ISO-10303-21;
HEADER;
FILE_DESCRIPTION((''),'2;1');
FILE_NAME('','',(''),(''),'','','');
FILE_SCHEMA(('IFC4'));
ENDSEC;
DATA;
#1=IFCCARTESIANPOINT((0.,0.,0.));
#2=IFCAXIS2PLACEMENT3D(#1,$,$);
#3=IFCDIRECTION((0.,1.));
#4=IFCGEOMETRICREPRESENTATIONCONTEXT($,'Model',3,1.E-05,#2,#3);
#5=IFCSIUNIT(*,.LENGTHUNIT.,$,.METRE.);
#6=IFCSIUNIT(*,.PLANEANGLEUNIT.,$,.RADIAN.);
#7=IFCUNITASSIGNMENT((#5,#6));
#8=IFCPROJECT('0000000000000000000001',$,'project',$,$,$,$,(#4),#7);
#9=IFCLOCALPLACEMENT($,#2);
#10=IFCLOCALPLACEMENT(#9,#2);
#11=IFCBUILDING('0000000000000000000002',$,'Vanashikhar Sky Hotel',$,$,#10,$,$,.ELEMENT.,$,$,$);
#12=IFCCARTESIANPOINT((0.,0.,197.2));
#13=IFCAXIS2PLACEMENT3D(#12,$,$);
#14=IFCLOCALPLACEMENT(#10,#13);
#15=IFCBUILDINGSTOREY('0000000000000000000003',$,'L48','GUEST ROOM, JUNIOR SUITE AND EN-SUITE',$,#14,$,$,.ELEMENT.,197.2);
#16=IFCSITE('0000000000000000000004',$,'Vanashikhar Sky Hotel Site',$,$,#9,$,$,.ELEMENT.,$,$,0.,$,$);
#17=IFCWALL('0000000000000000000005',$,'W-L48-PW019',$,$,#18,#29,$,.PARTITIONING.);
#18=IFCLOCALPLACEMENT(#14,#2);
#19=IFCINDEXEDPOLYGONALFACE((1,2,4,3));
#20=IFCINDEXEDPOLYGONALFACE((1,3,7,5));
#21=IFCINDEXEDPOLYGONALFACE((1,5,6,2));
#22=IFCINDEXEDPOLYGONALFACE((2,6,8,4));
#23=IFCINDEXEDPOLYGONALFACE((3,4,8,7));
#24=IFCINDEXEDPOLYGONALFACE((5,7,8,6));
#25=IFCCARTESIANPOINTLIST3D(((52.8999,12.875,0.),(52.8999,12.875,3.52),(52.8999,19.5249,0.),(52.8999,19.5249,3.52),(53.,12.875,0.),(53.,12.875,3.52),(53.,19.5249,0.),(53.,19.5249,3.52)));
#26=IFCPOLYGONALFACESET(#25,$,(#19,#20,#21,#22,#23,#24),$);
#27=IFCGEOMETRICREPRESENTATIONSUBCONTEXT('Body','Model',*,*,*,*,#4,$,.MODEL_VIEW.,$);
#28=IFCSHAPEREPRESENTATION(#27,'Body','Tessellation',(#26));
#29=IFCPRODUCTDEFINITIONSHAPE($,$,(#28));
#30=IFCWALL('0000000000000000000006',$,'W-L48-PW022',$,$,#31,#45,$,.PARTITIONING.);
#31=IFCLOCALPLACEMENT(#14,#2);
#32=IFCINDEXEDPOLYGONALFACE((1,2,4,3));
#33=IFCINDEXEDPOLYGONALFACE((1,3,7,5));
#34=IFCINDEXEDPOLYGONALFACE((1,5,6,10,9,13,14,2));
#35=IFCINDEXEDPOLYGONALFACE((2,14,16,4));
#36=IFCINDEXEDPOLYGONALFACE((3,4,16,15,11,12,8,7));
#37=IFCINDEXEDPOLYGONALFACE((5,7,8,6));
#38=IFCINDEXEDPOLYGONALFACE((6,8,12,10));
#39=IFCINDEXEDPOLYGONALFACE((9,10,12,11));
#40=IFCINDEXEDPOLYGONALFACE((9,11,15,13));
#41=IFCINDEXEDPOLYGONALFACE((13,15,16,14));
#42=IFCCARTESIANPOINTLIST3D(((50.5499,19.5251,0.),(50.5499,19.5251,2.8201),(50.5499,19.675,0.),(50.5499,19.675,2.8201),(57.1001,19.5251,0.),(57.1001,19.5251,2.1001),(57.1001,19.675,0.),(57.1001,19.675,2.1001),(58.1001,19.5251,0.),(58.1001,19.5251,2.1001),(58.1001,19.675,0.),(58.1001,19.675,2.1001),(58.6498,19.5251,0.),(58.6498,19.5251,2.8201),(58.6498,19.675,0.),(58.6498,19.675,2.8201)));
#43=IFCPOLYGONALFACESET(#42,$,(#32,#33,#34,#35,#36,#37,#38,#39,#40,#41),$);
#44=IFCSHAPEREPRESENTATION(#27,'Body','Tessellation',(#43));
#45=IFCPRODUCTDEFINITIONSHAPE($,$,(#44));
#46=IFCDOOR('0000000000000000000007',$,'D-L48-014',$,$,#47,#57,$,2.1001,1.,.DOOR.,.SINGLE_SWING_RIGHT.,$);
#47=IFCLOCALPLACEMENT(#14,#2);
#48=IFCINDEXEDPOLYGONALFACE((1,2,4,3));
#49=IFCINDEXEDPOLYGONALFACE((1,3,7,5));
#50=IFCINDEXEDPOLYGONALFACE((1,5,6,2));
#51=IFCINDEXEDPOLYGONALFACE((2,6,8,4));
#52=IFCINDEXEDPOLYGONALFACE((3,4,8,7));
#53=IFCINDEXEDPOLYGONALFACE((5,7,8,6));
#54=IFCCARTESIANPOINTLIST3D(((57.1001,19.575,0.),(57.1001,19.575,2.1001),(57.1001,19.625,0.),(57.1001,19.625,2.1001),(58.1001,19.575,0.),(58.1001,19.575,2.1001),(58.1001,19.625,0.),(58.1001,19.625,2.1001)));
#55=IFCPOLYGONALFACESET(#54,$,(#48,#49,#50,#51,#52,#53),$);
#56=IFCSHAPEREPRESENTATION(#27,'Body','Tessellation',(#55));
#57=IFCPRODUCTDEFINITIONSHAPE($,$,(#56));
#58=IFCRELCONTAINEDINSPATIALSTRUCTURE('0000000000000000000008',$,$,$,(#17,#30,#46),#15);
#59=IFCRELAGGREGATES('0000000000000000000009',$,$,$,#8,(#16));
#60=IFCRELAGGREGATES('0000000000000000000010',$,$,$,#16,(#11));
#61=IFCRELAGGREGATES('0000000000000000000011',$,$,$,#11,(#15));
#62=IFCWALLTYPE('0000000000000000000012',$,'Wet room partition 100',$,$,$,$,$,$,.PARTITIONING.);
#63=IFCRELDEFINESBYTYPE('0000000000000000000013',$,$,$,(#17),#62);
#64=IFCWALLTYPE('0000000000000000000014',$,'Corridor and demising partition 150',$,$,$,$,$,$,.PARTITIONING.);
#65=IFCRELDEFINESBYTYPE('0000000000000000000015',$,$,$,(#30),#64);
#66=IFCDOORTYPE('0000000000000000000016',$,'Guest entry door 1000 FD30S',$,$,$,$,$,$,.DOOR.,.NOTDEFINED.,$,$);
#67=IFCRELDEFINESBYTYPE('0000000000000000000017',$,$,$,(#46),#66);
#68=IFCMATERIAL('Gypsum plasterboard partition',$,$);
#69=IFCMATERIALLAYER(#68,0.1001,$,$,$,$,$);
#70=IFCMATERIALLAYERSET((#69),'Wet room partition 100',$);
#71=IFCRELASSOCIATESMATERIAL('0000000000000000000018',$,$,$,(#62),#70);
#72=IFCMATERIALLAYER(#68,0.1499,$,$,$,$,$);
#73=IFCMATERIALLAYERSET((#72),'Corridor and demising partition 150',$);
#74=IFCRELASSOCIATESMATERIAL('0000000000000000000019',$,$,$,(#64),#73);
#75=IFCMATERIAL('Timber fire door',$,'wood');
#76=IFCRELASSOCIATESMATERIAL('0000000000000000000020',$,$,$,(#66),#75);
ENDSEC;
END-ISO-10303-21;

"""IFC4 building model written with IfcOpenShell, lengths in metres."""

from ifc_helpers import new_model, si_unit, direction, frame, frame_2d, origin, place, context, subcontext, project, spatial, rectangle, extrude, source, transform, mapped, material, layer, layer_set, type_object, element, fill, save


model = new_model("IFC4")

# Units and contexts
model_context = context("Model", 3, precision=1e-05, world=origin(), true_north=direction((0.0, 1.0)))
body_context = subcontext(model_context, "Body", "Model", "MODEL_VIEW")
ifc_project = project(units=[si_unit("LENGTHUNIT", "METRE"), si_unit("PLANEANGLEUNIT", "RADIAN")], contexts=[model_context])

# Site, building, storey
site_placement = place(None, origin())
site = spatial("IfcSite", under=ifc_project, at=site_placement, Name="Vanashikhar Sky Hotel Site", CompositionType="ELEMENT", RefElevation=0.0)
building_placement = place(site_placement, origin())
building = spatial("IfcBuilding", under=site, at=building_placement, Name="Vanashikhar Sky Hotel", CompositionType="ELEMENT")
storey_placement = place(building_placement, frame((0.0, 0.0, 197.2)))
storey = spatial("IfcBuildingStorey", under=building, at=storey_placement, Name="L48", Description="GUEST ROOM, JUNIOR SUITE AND EN-SUITE", CompositionType="ELEMENT", Elevation=197.2)

# Shared definitions
ifc_material_1 = material(Name="Gypsum plasterboard partition")
ifc_layer_1 = layer(ifc_material_1, 0.1001)
ifc_layer_set_1 = layer_set([ifc_layer_1], Name="Wet room partition 100")
wall_type_1 = type_object("IfcWallType", Name="Wet room partition 100", PredefinedType="PARTITIONING", material=ifc_layer_set_1)

# Wall
shared_shape_1 = source(origin(), body_context, "Body", "SweptSolid", [
    extrude(rectangle(XDim=6.6499, YDim=0.1001, at=frame_2d((3.325, 0.0))), origin(), (0.0, 0.0, 1.0), 3.52),
])
wall_1_placement = place(storey_placement, frame((52.95, 12.875, 0.0), z_axis=(0.0, 0.0, 1.0), x_axis=(0.0, 1.0, 0.0)))
element("IfcWall", 1, at=wall_1_placement, inside=storey, type_object=wall_type_1, Name="W-L48-PW019", PredefinedType="PARTITIONING", context=body_context, shape_type="MappedRepresentation", body=[
    mapped(shared_shape_1, transform((0.0, 0.0, 0.0), scale=1.0)),
])

# Wall, opening, door
ifc_layer_2 = layer(ifc_material_1, 0.1499)
ifc_layer_set_2 = layer_set([ifc_layer_2], Name="Corridor and demising partition 150")
wall_type_2 = type_object("IfcWallType", Name="Corridor and demising partition 150", PredefinedType="PARTITIONING", material=ifc_layer_set_2)
shared_shape_2 = source(origin(), body_context, "Body", "SweptSolid", [
    extrude(rectangle(XDim=8.0999, YDim=0.1499, at=frame_2d((4.0498, 0.0))), origin(), (0.0, 0.0, 1.0), 2.8201),
])
wall_2_placement = place(storey_placement, frame((50.55, 19.6001, 0.0), z_axis=(0.0, 0.0, 1.0), x_axis=(1.0, 0.0, 0.0)))
wall_2 = element("IfcWall", 2, at=wall_2_placement, inside=storey, type_object=wall_type_2, Name="W-L48-PW022", PredefinedType="PARTITIONING", context=body_context, shape_type="MappedRepresentation", body=[
    mapped(shared_shape_2, transform((0.0, 0.0, 0.0), scale=1.0)),
])
shared_shape_3 = source(origin(), body_context, "Body", "SweptSolid", [
    extrude(rectangle(XDim=1.0, YDim=2.1001, at=frame_2d((0.5, 1.05))), frame((0.0, 0.085, 0.0), z_axis=(0.0, -1.0, 0.0), x_axis=(1.0, 0.0, 0.0)), (0.0, 0.0, 1.0), 0.1699),
])
opening_1_placement = place(wall_2_placement, frame((6.55, 0.0, 0.0)))
opening_1 = element("IfcOpeningElement", 3, at=opening_1_placement, cuts=wall_2, PredefinedType="OPENING", context=body_context, shape_type="MappedRepresentation", body=[
    mapped(shared_shape_3, transform((0.0, 0.0, 0.0), scale=1.0)),
])
ifc_material_2 = material(Name="Timber fire door", Category="wood")
door_type_1 = type_object("IfcDoorType", Name="Guest entry door 1000 FD30S", OperationType="NOTDEFINED", PredefinedType="DOOR", material=ifc_material_2)
shared_shape_4 = source(origin(), body_context, "Body", "SweptSolid", [
    extrude(rectangle(XDim=1.0, YDim=2.1001, at=frame_2d((0.5, 1.05))), frame((0.0, 0.0249, 0.0), z_axis=(0.0, -1.0, 0.0), x_axis=(1.0, 0.0, 0.0)), (0.0, 0.0, 1.0), 0.05),
])
door_1_placement = place(opening_1_placement, origin())
door_1 = element("IfcDoor", 4, at=door_1_placement, inside=storey, type_object=door_type_1, Name="D-L48-014", OperationType="SINGLE_SWING_RIGHT", OverallHeight=2.1001, OverallWidth=1.0, PredefinedType="DOOR", context=body_context, shape_type="MappedRepresentation", body=[
    mapped(shared_shape_4, transform((0.0, 0.0, 0.0), scale=1.0)),
])
fill(opening_1, door_1)

save(model, "model.ifc")
